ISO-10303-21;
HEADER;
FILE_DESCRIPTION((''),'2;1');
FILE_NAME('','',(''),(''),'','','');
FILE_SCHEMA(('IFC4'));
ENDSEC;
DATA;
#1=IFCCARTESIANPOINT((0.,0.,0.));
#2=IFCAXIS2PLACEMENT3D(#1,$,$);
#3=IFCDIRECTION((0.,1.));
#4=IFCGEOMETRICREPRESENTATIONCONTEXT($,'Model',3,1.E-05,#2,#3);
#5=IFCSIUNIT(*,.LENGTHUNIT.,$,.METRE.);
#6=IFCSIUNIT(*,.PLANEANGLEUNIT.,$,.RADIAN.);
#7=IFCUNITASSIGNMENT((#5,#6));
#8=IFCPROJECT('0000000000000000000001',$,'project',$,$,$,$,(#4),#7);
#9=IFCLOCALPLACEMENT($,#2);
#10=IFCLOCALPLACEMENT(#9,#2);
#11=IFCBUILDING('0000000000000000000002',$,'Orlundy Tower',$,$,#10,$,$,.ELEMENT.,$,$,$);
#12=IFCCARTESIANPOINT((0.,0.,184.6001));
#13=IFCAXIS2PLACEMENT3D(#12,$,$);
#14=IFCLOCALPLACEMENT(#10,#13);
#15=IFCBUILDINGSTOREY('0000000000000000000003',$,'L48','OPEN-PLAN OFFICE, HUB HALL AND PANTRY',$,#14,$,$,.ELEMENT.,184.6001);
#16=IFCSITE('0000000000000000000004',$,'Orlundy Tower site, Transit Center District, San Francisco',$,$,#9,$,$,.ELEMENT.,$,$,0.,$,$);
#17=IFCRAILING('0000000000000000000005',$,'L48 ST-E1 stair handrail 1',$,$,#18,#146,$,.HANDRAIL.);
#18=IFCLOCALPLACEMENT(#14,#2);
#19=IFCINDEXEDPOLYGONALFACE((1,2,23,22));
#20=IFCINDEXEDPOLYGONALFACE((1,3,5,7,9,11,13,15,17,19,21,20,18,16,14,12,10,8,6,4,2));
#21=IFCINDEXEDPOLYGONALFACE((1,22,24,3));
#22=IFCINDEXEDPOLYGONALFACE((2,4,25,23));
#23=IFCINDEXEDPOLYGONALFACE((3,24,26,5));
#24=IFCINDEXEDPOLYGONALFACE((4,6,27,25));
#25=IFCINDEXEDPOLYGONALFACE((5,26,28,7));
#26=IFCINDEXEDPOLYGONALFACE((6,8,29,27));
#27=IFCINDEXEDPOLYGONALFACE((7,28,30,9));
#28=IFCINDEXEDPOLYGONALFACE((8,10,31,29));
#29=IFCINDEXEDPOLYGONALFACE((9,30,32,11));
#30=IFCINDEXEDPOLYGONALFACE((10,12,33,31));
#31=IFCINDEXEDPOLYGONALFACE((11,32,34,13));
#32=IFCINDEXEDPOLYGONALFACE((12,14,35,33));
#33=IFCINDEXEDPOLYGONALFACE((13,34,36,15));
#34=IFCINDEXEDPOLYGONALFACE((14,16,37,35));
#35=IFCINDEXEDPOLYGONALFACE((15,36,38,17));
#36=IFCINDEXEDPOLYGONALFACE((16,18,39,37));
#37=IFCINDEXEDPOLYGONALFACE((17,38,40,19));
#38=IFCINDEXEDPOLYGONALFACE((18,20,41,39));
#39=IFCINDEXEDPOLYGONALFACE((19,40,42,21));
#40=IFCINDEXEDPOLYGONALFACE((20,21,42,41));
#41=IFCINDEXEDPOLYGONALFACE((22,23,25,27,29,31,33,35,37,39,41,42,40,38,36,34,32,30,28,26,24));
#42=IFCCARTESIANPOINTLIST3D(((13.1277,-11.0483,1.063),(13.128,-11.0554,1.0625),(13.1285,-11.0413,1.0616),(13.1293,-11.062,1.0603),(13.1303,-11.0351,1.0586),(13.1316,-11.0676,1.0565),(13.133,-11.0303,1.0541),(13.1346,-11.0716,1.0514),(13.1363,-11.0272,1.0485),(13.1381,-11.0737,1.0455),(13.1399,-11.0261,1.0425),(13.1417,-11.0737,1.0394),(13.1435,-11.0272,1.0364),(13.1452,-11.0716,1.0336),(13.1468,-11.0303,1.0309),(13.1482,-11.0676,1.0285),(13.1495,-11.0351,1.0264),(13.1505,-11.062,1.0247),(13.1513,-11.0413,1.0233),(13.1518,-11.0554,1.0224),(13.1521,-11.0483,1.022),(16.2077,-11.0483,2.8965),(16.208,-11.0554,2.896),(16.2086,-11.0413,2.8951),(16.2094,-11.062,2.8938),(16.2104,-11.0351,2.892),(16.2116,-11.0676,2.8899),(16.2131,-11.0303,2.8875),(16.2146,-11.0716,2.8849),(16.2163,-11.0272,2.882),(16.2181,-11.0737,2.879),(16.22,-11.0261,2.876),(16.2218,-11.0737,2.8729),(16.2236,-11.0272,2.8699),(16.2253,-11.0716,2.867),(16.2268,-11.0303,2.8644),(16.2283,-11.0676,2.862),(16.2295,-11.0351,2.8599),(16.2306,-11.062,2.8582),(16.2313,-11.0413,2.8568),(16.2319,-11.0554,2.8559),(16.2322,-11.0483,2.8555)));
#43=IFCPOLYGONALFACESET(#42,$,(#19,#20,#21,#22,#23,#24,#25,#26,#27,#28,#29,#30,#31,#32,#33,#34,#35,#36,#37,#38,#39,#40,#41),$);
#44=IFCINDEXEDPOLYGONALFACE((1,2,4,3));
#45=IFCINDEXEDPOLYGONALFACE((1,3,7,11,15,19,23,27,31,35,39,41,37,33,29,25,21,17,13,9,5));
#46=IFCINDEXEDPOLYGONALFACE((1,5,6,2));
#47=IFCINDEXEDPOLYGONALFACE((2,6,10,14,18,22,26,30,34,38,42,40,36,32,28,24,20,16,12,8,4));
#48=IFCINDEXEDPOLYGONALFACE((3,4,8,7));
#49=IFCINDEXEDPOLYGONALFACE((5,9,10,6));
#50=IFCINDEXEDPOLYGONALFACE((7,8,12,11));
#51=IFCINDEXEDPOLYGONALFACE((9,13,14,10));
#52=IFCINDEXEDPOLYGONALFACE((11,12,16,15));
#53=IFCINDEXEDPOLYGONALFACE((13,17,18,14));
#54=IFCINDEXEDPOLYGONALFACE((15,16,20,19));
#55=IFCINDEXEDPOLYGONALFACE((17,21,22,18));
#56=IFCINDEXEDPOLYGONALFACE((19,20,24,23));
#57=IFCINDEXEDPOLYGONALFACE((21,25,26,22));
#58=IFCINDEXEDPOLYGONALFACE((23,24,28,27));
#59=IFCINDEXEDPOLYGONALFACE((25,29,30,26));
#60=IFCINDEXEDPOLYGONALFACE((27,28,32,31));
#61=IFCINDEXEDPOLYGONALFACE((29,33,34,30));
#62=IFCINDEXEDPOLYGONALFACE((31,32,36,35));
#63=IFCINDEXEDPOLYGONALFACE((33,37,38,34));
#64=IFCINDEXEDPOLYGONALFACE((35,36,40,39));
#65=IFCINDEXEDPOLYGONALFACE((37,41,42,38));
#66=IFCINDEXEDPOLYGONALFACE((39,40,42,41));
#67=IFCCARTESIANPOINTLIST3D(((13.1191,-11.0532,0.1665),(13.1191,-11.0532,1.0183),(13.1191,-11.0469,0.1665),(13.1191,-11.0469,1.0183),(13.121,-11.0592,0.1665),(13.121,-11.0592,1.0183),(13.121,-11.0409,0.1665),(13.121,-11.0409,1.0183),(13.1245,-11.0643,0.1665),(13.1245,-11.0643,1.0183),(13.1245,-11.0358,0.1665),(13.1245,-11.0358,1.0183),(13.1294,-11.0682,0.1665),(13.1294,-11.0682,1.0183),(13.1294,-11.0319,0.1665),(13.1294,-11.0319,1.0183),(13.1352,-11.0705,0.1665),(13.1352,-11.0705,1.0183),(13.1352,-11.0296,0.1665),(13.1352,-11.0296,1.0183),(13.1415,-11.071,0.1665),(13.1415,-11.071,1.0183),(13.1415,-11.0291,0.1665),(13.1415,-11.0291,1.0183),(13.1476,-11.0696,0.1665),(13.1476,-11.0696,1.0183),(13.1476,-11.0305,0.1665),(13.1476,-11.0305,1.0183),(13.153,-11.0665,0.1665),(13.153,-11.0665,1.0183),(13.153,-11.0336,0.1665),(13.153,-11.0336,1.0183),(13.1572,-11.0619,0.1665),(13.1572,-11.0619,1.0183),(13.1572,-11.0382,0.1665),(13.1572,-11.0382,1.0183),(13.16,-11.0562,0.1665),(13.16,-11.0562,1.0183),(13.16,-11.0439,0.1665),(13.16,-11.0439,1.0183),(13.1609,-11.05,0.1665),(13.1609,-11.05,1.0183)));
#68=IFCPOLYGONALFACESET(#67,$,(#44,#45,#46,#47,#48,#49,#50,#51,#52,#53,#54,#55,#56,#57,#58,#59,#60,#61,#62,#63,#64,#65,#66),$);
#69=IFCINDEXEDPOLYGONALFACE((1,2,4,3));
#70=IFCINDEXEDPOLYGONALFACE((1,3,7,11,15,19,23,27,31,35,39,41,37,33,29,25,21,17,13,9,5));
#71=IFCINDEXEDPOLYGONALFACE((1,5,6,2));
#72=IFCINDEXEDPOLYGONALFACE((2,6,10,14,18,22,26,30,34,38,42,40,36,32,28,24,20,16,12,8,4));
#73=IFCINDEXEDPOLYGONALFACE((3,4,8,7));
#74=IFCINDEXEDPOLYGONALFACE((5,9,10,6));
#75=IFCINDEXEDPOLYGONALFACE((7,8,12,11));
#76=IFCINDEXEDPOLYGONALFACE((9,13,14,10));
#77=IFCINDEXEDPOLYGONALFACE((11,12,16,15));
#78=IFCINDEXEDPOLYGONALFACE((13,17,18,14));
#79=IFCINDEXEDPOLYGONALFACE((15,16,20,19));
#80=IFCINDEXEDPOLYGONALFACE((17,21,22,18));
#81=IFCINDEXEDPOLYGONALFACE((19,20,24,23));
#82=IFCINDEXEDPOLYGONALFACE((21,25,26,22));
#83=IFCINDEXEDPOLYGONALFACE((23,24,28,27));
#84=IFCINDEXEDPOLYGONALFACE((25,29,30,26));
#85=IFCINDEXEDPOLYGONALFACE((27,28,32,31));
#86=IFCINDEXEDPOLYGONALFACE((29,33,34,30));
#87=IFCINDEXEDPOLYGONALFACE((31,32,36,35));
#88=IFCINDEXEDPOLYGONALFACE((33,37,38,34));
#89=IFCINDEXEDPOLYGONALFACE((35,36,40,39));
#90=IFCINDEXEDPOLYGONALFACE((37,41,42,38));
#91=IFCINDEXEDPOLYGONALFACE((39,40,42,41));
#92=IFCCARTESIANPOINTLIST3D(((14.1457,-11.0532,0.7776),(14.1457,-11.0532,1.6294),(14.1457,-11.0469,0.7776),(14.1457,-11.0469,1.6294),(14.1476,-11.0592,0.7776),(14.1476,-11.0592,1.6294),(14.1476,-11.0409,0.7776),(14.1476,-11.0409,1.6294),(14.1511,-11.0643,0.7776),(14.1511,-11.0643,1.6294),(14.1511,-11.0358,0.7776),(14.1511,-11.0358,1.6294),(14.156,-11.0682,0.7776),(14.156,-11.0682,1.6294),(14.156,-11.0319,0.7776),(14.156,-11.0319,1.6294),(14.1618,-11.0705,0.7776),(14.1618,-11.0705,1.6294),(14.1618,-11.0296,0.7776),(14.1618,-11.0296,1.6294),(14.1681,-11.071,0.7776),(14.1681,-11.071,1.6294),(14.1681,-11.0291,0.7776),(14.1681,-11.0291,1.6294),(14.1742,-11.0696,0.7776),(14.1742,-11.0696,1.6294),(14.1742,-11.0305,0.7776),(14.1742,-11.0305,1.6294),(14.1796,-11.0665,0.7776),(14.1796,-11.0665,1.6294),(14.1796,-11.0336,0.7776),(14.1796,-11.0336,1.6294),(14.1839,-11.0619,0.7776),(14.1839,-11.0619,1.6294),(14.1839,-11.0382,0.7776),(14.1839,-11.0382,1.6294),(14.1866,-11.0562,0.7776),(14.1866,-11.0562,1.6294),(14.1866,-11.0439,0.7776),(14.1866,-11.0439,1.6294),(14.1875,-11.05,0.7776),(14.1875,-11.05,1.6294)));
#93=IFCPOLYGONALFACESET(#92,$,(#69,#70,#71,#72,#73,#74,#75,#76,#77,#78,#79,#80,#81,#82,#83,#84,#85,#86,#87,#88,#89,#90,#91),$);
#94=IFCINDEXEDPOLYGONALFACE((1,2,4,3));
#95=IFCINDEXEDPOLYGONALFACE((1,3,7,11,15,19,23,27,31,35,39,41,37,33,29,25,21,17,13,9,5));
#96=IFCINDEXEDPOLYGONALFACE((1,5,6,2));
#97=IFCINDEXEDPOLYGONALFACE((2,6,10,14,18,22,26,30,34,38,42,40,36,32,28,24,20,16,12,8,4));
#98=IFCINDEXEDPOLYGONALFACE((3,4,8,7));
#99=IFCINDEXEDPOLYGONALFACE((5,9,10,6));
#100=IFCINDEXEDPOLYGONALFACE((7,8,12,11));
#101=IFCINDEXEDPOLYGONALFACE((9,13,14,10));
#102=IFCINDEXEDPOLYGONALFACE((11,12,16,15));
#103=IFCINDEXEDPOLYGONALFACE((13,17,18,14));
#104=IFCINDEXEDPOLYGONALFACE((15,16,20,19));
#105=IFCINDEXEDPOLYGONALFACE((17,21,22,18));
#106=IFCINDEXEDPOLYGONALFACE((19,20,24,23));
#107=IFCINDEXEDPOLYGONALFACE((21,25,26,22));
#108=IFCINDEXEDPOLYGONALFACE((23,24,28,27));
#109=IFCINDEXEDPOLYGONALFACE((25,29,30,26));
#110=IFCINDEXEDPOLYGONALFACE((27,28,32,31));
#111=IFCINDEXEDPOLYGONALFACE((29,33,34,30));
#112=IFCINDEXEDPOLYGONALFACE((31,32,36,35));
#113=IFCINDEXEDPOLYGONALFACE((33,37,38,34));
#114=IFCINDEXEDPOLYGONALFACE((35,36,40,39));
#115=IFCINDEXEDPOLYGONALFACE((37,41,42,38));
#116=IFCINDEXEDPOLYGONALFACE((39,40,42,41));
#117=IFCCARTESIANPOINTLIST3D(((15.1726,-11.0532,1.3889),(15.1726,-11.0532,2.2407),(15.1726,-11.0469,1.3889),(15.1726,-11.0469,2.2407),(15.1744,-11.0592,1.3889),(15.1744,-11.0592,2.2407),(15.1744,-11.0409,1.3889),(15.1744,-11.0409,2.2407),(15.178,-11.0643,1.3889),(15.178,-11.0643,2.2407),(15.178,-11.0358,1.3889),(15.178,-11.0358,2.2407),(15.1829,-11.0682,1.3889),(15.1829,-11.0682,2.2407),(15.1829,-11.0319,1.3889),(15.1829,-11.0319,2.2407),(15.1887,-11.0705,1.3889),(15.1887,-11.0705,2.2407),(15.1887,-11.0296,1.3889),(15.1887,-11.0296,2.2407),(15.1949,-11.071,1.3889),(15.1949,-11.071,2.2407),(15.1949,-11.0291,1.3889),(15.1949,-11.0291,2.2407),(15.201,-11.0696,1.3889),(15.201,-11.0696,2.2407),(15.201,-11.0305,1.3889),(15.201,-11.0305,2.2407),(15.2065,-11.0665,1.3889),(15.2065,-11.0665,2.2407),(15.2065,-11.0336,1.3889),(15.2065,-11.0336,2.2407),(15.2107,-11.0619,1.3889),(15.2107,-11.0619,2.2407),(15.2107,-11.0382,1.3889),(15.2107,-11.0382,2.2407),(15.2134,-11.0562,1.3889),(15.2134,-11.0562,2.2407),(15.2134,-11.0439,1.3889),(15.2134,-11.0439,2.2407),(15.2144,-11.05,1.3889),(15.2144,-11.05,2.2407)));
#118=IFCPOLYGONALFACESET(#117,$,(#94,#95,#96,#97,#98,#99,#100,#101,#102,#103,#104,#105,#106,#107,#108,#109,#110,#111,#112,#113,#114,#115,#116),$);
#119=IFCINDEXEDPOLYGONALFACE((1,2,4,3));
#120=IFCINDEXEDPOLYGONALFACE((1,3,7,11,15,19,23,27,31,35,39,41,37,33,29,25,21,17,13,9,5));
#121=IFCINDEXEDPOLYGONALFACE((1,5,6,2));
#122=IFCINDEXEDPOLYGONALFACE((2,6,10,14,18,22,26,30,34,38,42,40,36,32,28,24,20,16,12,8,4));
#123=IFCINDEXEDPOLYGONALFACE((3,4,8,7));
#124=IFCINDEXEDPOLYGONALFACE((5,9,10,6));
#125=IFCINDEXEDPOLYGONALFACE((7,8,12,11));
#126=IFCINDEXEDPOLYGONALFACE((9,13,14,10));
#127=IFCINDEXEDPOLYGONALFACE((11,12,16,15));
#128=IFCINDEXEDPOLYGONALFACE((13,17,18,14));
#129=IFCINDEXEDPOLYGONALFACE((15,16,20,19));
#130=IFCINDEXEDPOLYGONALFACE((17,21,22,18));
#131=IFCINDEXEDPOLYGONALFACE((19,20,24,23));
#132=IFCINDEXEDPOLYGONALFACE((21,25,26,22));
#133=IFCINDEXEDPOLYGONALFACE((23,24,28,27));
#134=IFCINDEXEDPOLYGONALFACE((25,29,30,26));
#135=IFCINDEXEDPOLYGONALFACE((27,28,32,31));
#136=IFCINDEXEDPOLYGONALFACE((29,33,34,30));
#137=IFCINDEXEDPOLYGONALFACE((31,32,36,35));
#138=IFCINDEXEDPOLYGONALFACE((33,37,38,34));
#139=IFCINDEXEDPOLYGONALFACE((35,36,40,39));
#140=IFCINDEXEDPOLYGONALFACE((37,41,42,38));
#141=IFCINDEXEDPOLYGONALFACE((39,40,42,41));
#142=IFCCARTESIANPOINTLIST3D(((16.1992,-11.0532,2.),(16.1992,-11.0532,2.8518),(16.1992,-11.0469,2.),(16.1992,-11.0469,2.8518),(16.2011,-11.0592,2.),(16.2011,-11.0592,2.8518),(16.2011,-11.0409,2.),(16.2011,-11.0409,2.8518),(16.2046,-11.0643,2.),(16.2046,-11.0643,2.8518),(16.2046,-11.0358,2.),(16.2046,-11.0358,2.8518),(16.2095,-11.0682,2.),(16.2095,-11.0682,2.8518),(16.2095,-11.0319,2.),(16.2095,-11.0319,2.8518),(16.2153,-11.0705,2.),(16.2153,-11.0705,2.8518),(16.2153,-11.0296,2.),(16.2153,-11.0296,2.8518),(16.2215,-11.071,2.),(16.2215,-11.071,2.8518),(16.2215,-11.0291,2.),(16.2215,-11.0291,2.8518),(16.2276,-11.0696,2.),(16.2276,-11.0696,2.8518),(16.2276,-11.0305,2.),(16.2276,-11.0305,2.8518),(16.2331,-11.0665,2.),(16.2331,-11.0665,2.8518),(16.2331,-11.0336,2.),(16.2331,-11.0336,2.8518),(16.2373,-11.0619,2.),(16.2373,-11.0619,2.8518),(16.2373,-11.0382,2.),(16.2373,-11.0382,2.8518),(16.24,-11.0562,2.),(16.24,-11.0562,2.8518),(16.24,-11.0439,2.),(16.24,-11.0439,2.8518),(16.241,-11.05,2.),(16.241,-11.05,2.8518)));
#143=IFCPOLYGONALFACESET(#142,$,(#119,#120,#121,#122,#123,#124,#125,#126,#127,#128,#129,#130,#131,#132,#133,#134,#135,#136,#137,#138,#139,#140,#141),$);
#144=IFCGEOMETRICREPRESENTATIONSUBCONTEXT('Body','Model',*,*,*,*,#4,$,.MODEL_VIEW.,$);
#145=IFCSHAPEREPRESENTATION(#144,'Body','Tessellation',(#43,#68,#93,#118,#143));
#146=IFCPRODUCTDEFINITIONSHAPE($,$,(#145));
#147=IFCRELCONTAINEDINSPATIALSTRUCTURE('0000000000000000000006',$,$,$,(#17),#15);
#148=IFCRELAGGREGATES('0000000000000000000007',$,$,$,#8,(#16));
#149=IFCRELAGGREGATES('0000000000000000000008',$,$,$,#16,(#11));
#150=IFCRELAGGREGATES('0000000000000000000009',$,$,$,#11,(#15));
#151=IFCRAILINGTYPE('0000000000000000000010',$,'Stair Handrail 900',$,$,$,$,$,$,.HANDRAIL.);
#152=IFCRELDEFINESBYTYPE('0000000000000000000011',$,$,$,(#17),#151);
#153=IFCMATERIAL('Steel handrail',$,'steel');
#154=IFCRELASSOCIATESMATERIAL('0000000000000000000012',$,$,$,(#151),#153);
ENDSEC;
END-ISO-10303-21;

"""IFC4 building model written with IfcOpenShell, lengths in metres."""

from ifc_helpers import new_model, si_unit, direction, frame, origin, origin_2d, place, context, subcontext, project, spatial, circle, extrude, material, type_object, element, save


model = new_model("IFC4")

# Units and contexts
model_context = context("Model", 3, precision=1e-05, world=origin(), true_north=direction((0.0, 1.0)))
body_context = subcontext(model_context, "Body", "Model", "MODEL_VIEW")
ifc_project = project(units=[si_unit("LENGTHUNIT", "METRE"), si_unit("PLANEANGLEUNIT", "RADIAN")], contexts=[model_context])

# Site, building, storey
site_placement = place(None, origin())
site = spatial("IfcSite", under=ifc_project, at=site_placement, Name="Orlundy Tower site, Transit Center District, San Francisco", CompositionType="ELEMENT", RefElevation=0.0)
building_placement = place(site_placement, origin())
building = spatial("IfcBuilding", under=site, at=building_placement, Name="Orlundy Tower", CompositionType="ELEMENT")
storey_placement = place(building_placement, frame((0.0, 0.0, 184.6001)))
storey = spatial("IfcBuildingStorey", under=building, at=storey_placement, Name="L48", Description="OPEN-PLAN OFFICE, HUB HALL AND PANTRY", CompositionType="ELEMENT", Elevation=184.6001)

# Railing
ifc_material_1 = material(Name="Steel handrail", Category="steel")
railing_type_1 = type_object("IfcRailingType", Name="Stair Handrail 900", PredefinedType="HANDRAIL", material=ifc_material_1)
railing_1_placement = place(storey_placement, frame((13.1399, -11.05, 0.1665)))
element("IfcRailing", 1, at=railing_1_placement, inside=storey, type_object=railing_type_1, Name="L48 ST-E1 stair handrail 1", PredefinedType="HANDRAIL", context=body_context, shape_type="SweptSolid", body=[
    extrude(circle(Radius=0.0239, at=origin_2d()), frame((0.0, 0.0, 0.876), z_axis=(0.859279, 0.0, 0.511508), x_axis=(0.0, 1.0, 0.0)), (0.0, 0.0, 1.0), 3.5845),
    extrude(circle(Radius=0.021, at=origin_2d()), origin(), (0.0, 0.0, 1.0), 0.8518),
    extrude(circle(Radius=0.021, at=origin_2d()), frame((1.0266, 0.0, 0.6111)), (0.0, 0.0, 1.0), 0.8518),
    extrude(circle(Radius=0.021, at=origin_2d()), frame((2.0535, 0.0, 1.2224)), (0.0, 0.0, 1.0), 0.8518),
    extrude(circle(Radius=0.021, at=origin_2d()), frame((3.0801, 0.0, 1.8335)), (0.0, 0.0, 1.0), 0.8518),
])

save(model, "model.ifc")
